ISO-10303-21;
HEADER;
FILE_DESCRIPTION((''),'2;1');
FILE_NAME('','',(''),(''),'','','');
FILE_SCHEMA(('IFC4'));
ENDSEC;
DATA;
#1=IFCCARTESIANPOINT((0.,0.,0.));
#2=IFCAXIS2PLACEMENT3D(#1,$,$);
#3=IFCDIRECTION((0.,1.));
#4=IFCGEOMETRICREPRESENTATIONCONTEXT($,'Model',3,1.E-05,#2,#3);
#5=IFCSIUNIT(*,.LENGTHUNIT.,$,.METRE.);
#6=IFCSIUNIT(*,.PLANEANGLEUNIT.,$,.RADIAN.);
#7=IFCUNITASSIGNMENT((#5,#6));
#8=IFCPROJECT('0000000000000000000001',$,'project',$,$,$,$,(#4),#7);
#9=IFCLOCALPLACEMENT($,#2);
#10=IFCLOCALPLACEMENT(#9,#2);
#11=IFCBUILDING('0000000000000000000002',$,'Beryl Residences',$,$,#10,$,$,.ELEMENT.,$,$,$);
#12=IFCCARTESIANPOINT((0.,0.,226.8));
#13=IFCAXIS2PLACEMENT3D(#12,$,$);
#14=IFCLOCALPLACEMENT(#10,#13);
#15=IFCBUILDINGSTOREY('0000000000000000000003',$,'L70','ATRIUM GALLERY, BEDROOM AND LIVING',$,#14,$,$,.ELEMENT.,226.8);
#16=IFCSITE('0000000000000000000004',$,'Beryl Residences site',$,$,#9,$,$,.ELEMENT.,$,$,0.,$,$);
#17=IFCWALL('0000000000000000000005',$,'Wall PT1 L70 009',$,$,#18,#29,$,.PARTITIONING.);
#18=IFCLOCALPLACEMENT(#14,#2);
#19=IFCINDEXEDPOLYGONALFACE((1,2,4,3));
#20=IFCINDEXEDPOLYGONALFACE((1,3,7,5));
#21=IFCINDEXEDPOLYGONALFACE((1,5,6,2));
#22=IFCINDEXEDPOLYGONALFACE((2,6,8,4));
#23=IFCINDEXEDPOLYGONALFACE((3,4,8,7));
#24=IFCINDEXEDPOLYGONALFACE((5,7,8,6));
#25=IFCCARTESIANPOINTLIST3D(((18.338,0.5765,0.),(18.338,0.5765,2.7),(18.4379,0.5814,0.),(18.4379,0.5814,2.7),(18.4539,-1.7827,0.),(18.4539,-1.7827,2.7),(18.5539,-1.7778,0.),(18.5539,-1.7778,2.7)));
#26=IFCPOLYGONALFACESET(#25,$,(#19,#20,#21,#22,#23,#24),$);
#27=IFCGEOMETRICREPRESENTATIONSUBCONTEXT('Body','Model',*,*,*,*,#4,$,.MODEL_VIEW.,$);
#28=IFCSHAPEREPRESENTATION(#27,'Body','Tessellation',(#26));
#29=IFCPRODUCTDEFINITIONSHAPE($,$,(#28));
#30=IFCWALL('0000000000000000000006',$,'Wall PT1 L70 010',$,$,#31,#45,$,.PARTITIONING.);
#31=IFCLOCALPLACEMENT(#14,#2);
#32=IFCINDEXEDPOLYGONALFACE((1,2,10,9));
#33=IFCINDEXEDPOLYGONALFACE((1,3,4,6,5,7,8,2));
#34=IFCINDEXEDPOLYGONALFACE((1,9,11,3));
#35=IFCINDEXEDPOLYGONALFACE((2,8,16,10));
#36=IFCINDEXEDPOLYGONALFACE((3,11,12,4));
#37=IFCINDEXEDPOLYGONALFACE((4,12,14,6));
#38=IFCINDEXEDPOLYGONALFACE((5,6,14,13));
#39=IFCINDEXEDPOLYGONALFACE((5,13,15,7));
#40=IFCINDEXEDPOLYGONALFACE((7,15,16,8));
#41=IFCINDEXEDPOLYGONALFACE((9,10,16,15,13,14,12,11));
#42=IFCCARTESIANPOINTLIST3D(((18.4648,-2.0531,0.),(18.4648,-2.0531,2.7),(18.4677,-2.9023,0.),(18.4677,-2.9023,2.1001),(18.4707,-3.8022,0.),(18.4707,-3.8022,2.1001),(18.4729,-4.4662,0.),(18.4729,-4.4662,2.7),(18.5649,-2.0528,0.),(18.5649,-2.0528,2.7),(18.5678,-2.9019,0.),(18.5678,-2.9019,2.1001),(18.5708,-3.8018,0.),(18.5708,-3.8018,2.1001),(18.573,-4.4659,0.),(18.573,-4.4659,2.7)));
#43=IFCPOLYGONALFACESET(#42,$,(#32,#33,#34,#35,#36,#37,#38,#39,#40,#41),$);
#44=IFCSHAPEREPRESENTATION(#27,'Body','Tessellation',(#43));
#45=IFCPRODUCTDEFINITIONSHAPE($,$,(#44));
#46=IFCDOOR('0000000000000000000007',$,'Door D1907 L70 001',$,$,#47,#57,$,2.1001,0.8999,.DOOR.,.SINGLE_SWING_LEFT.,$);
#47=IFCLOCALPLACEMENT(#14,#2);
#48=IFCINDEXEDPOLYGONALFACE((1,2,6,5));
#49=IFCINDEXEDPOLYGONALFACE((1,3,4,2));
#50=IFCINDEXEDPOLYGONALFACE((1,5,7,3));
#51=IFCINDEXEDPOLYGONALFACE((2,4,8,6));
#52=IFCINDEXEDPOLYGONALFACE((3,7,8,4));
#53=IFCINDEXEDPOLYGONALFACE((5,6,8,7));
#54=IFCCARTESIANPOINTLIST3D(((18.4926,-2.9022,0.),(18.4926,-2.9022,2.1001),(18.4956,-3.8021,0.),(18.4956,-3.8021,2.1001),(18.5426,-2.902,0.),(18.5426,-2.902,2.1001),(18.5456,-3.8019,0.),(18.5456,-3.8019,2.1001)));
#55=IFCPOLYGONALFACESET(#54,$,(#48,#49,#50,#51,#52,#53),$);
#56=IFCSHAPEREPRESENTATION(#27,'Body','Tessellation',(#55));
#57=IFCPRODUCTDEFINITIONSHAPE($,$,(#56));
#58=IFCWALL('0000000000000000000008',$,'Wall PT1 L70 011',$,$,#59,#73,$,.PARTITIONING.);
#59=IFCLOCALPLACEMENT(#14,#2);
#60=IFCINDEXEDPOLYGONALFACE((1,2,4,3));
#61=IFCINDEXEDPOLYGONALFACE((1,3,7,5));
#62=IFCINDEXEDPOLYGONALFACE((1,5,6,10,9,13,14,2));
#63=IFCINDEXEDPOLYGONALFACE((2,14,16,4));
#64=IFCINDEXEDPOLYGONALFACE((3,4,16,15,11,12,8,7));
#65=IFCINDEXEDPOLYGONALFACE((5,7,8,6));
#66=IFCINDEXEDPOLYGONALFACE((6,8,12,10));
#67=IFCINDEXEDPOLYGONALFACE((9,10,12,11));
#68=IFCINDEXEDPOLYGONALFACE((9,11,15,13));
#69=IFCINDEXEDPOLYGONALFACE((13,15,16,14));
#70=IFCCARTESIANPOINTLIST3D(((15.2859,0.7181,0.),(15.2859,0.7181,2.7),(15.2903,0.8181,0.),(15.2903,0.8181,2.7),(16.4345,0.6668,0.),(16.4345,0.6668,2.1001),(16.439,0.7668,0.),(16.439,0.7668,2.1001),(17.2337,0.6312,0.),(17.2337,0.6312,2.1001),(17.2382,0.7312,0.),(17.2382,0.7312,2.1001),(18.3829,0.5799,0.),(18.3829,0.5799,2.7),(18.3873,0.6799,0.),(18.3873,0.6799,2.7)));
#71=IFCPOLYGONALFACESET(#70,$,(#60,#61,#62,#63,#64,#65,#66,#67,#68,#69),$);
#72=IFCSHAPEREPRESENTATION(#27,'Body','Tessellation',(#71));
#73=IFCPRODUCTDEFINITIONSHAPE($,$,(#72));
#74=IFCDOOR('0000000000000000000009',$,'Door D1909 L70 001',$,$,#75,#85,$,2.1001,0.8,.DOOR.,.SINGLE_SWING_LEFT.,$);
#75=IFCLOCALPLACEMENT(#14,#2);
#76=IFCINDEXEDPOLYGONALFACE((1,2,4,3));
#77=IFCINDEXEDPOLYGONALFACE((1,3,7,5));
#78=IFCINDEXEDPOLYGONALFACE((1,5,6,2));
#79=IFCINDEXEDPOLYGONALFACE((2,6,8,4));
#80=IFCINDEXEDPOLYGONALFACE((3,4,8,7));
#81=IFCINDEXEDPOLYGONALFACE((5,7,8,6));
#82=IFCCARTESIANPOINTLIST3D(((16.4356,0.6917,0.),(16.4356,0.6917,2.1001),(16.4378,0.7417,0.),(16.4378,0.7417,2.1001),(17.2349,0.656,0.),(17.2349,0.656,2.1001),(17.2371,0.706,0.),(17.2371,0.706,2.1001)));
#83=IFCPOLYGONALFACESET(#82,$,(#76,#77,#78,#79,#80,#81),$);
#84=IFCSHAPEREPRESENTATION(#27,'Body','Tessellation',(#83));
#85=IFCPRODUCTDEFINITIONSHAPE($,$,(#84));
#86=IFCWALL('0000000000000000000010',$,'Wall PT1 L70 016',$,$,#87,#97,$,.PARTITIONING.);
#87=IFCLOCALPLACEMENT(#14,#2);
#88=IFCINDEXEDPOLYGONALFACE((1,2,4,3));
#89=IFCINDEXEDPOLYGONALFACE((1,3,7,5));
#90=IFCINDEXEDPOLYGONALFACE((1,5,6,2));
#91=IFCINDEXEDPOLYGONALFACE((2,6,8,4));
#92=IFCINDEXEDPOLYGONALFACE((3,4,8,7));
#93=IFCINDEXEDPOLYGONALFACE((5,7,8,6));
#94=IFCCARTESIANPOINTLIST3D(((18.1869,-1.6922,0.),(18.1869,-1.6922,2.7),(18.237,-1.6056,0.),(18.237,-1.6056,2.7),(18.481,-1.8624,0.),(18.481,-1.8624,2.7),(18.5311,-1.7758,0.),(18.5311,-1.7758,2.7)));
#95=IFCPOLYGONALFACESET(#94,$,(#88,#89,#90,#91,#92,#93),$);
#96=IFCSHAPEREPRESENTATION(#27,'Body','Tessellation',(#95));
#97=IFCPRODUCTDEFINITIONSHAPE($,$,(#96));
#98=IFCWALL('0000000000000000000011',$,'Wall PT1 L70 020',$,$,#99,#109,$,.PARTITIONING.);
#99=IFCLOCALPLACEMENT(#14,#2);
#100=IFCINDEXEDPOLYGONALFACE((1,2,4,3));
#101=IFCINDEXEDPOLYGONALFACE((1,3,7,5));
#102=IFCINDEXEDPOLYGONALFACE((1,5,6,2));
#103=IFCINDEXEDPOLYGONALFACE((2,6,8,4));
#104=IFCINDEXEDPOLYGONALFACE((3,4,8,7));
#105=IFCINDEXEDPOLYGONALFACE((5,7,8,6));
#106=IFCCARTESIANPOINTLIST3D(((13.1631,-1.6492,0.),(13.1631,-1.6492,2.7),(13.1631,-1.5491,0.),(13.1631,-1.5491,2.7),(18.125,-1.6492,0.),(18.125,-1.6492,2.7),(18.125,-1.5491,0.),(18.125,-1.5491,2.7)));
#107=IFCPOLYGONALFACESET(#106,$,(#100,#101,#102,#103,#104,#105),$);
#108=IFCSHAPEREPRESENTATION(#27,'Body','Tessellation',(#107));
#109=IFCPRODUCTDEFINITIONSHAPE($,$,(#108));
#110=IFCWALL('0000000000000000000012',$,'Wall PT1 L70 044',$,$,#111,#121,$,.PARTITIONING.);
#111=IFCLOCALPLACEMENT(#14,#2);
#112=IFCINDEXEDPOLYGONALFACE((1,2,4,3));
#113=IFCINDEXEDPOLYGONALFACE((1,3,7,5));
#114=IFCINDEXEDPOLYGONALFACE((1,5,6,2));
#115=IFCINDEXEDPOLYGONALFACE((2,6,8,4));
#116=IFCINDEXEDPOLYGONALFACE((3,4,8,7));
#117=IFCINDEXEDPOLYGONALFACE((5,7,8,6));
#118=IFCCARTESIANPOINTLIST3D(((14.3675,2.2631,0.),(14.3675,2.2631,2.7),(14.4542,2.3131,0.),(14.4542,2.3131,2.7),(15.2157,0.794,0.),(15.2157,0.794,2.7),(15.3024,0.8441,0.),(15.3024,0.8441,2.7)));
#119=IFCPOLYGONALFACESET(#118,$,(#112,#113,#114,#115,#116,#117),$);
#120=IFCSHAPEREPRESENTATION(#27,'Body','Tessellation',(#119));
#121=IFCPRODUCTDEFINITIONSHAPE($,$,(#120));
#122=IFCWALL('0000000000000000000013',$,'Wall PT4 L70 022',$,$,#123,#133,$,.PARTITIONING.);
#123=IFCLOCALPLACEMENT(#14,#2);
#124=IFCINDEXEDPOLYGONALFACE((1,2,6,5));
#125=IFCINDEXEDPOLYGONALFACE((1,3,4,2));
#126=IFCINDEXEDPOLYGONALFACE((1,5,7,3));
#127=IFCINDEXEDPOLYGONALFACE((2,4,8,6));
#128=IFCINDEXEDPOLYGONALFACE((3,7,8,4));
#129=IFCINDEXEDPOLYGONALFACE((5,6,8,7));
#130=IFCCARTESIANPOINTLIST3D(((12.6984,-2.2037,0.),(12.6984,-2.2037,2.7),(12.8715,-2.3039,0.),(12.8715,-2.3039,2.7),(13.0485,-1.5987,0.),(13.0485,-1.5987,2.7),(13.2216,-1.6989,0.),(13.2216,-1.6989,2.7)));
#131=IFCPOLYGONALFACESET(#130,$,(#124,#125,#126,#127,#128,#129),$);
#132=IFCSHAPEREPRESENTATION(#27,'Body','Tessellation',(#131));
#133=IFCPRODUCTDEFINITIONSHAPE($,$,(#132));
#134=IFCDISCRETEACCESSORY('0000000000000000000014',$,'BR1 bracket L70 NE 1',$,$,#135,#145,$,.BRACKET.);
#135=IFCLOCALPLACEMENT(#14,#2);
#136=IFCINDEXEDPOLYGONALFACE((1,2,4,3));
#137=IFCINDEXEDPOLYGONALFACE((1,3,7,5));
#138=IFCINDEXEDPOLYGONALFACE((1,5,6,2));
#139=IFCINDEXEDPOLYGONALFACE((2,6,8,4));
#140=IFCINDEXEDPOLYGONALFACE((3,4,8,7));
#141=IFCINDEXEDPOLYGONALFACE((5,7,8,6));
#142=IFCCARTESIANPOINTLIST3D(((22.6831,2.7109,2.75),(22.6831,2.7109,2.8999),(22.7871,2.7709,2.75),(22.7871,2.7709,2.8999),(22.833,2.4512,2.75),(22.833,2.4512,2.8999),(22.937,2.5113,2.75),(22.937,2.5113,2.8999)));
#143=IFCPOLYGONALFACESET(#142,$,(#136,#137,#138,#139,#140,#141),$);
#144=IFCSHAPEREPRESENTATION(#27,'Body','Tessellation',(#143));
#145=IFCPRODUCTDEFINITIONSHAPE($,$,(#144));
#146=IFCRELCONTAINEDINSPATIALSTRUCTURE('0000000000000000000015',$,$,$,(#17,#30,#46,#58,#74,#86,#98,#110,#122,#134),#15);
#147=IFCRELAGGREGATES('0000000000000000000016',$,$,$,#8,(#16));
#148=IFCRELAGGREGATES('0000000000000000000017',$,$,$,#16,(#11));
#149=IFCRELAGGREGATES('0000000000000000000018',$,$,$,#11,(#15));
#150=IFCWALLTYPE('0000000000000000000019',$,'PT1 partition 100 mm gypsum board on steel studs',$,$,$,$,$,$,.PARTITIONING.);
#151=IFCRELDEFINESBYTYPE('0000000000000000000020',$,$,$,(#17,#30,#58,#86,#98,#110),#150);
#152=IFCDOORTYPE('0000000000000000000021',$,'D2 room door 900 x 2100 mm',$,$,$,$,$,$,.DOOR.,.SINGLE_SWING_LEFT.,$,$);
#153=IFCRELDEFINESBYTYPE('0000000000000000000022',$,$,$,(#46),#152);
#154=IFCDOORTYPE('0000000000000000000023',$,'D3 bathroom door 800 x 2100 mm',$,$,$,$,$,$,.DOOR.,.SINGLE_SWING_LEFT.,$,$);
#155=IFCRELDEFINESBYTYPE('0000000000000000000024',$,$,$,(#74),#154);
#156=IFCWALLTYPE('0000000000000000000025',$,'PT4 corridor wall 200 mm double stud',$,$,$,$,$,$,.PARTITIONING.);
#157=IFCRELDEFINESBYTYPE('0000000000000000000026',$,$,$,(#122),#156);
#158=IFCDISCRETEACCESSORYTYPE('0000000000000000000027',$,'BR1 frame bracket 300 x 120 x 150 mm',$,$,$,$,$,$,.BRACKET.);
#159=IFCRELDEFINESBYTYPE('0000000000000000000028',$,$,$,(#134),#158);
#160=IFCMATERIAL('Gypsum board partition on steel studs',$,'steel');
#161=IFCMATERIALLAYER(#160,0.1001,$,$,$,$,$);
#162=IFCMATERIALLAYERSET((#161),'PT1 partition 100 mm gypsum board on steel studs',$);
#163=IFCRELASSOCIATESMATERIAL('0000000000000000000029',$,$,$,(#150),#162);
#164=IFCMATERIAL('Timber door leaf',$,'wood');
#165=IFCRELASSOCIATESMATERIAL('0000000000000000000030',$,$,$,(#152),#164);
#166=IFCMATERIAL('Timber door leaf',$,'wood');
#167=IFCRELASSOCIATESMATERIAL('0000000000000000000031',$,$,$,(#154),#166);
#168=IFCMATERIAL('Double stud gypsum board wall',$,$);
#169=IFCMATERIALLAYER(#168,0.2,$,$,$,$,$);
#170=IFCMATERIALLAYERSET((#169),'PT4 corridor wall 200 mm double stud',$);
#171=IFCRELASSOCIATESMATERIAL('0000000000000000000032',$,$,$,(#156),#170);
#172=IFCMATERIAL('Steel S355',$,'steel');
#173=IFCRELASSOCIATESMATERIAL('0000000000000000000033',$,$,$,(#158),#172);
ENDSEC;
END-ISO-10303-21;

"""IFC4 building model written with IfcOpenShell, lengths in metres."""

from ifc_helpers import new_model, si_unit, direction, frame, frame_2d, origin, place, context, subcontext, project, spatial, polyline, rectangle, outline, extrude, source, transform, mapped, material, layer, layer_set, type_object, type_shapes, element, fill, save


model = new_model("IFC4")

# Units and contexts
model_context = context("Model", 3, precision=1e-05, world=origin(), true_north=direction((0.0, 1.0)))
body_context = subcontext(model_context, "Body", "Model", "MODEL_VIEW")
ifc_project = project(units=[si_unit("LENGTHUNIT", "METRE"), si_unit("PLANEANGLEUNIT", "RADIAN")], contexts=[model_context])

# Site, building, storey
site_placement = place(None, origin())
site = spatial("IfcSite", under=ifc_project, at=site_placement, Name="Beryl Residences site", CompositionType="ELEMENT", RefElevation=0.0)
building_placement = place(site_placement, origin())
building = spatial("IfcBuilding", under=site, at=building_placement, Name="Beryl Residences", CompositionType="ELEMENT")
storey_placement = place(building_placement, frame((0.0, 0.0, 226.8)))
storey = spatial("IfcBuildingStorey", under=building, at=storey_placement, Name="L70", Description="ATRIUM GALLERY, BEDROOM AND LIVING", CompositionType="ELEMENT", Elevation=226.8)

# Wall
ifc_material_1 = material(Name="Gypsum board partition on steel studs", Category="steel")
ifc_layer_1 = layer(ifc_material_1, 0.1001)
ifc_layer_set_1 = layer_set([ifc_layer_1], Name="PT1 partition 100 mm gypsum board on steel studs")
wall_type_1 = type_object("IfcWallType", Name="PT1 partition 100 mm gypsum board on steel studs", PredefinedType="PARTITIONING", material=ifc_layer_set_1)
wall_1_placement = place(storey_placement, frame((18.3879, 0.5791, 0.0), z_axis=(0.0, 0.0, 1.0), x_axis=(0.049097, -0.998794, 0.0)))
element("IfcWall", 1, at=wall_1_placement, inside=storey, type_object=wall_type_1, Name="Wall PT1 L70 009", PredefinedType="PARTITIONING", context=body_context, shape_type="SweptSolid", body=[
    extrude(rectangle(XDim=2.3621, YDim=0.1001, at=frame_2d((1.1812, 0.0))), origin(), (0.0, 0.0, 1.0), 2.7),
])

# Walls, openings, doors
wall_2_placement = place(storey_placement, frame((18.5149, -2.053, 0.0), z_axis=(0.0, 0.0, 1.0), x_axis=(0.003339, -0.999994, 0.0)))
wall_2 = element("IfcWall", 2, at=wall_2_placement, inside=storey, type_object=wall_type_1, Name="Wall PT1 L70 010", PredefinedType="PARTITIONING", context=body_context, shape_type="SweptSolid", body=[
    extrude(rectangle(XDim=2.4131, YDim=0.1001, at=frame_2d((1.2065, 0.0))), origin(), (0.0, 0.0, 1.0), 2.7),
])
opening_1_placement = place(wall_2_placement, frame((0.8491, 0.0, 0.0)))
opening_1 = element("IfcOpeningElement", 3, at=opening_1_placement, cuts=wall_2, PredefinedType="OPENING", context=body_context, shape_type="SweptSolid", body=[
    extrude(rectangle(XDim=0.8999, YDim=2.1001, at=frame_2d((0.45, 1.05))), frame((0.0, 0.0601, 0.0), z_axis=(0.0, -1.0, 0.0), x_axis=(1.0, 0.0, 0.0)), (0.0, 0.0, 1.0), 0.1201),
])
ifc_material_2 = material(Name="Timber door leaf", Category="wood")
door_type_1 = type_object("IfcDoorType", Name="D2 room door 900 x 2100 mm", OperationType="SINGLE_SWING_LEFT", PredefinedType="DOOR", material=ifc_material_2)
door_1_placement = place(opening_1_placement, origin())
door_1 = element("IfcDoor", 4, at=door_1_placement, inside=storey, type_object=door_type_1, Name="Door D1907 L70 001", OperationType="SINGLE_SWING_LEFT", OverallHeight=2.1001, OverallWidth=0.8999, PredefinedType="DOOR", context=body_context, shape_type="SweptSolid", body=[
    extrude(rectangle(XDim=0.8999, YDim=2.1001, at=frame_2d((0.45, 1.05))), frame((0.0, 0.0249, 0.0), z_axis=(0.0, -1.0, 0.0), x_axis=(1.0, 0.0, 0.0)), (0.0, 0.0, 1.0), 0.05),
])
fill(opening_1, door_1)
wall_3_placement = place(storey_placement, frame((15.2881, 0.7681, 0.0), z_axis=(0.0, 0.0, 1.0), x_axis=(0.999006, -0.044575, 0.0)))
wall_3 = element("IfcWall", 5, at=wall_3_placement, inside=storey, type_object=wall_type_1, Name="Wall PT1 L70 011", PredefinedType="PARTITIONING", context=body_context, shape_type="SweptSolid", body=[
    extrude(rectangle(XDim=3.1001, YDim=0.1001, at=frame_2d((1.55, 0.0))), origin(), (0.0, 0.0, 1.0), 2.7),
])
opening_2_placement = place(wall_3_placement, frame((1.1499, 0.0, 0.0)))
opening_2 = element("IfcOpeningElement", 6, at=opening_2_placement, cuts=wall_3, PredefinedType="OPENING", context=body_context, shape_type="SweptSolid", body=[
    extrude(rectangle(XDim=0.8, YDim=2.1001, at=frame_2d((0.3999, 1.05))), frame((0.0, 0.0601, 0.0), z_axis=(0.0, -1.0, 0.0), x_axis=(1.0, 0.0, 0.0)), (0.0, 0.0, 1.0), 0.1201),
])
ifc_material_3 = material(Name="Timber door leaf", Category="wood")
door_type_2 = type_object("IfcDoorType", Name="D3 bathroom door 800 x 2100 mm", OperationType="SINGLE_SWING_LEFT", PredefinedType="DOOR", material=ifc_material_3)
door_2_placement = place(opening_2_placement, origin())
door_2 = element("IfcDoor", 7, at=door_2_placement, inside=storey, type_object=door_type_2, Name="Door D1909 L70 001", OperationType="SINGLE_SWING_LEFT", OverallHeight=2.1001, OverallWidth=0.8, PredefinedType="DOOR", context=body_context, shape_type="SweptSolid", body=[
    extrude(rectangle(XDim=0.8, YDim=2.1001, at=frame_2d((0.3999, 1.05))), frame((0.0, 0.0249, 0.0), z_axis=(0.0, -1.0, 0.0), x_axis=(1.0, 0.0, 0.0)), (0.0, 0.0, 1.0), 0.05),
])
fill(opening_2, door_2)

# Walls
wall_4_placement = place(storey_placement, frame((18.2119, -1.6489, 0.0), z_axis=(0.0, 0.0, 1.0), x_axis=(0.865623, -0.500696, 0.0)))
element("IfcWall", 8, at=wall_4_placement, inside=storey, type_object=wall_type_1, Name="Wall PT1 L70 016", PredefinedType="PARTITIONING", context=body_context, shape_type="SweptSolid", body=[
    extrude(rectangle(XDim=0.3398, YDim=0.1001, at=frame_2d((0.1699, 0.0))), origin(), (0.0, 0.0, 1.0), 2.7),
])
wall_5_placement = place(storey_placement, frame((13.1631, -1.5991, 0.0), z_axis=(0.0, 0.0, 1.0), x_axis=(1.0, 0.0, 0.0)))
element("IfcWall", 9, at=wall_5_placement, inside=storey, type_object=wall_type_1, Name="Wall PT1 L70 020", PredefinedType="PARTITIONING", context=body_context, shape_type="SweptSolid", body=[
    extrude(rectangle(XDim=4.9619, YDim=0.1001, at=frame_2d((2.481, 0.0))), origin(), (0.0, 0.0, 1.0), 2.7),
])
wall_6_placement = place(storey_placement, frame((14.4109, 2.2881, 0.0), z_axis=(0.0, 0.0, 1.0), x_axis=(0.500009, -0.86602, 0.0)))
element("IfcWall", 10, at=wall_6_placement, inside=storey, type_object=wall_type_1, Name="Wall PT1 L70 044", PredefinedType="PARTITIONING", context=body_context, shape_type="SweptSolid", body=[
    extrude(rectangle(XDim=1.6963, YDim=0.1001, at=frame_2d((0.8481, 0.0))), origin(), (0.0, 0.0, 1.0), 2.7),
])
ifc_material_4 = material(Name="Double stud gypsum board wall")
ifc_layer_2 = layer(ifc_material_4, 0.2)
ifc_layer_set_2 = layer_set([ifc_layer_2], Name="PT4 corridor wall 200 mm double stud")
wall_type_2 = type_object("IfcWallType", Name="PT4 corridor wall 200 mm double stud", PredefinedType="PARTITIONING", material=ifc_layer_set_2)
wall_7_placement = place(storey_placement, frame((12.7849, -2.2539, 0.0), z_axis=(0.0, 0.0, 1.0), x_axis=(0.500871, 0.865522, 0.0)))
element("IfcWall", 11, at=wall_7_placement, inside=storey, type_object=wall_type_2, Name="Wall PT4 L70 022", PredefinedType="PARTITIONING", context=body_context, shape_type="SweptSolid", body=[
    extrude(rectangle(XDim=0.699, YDim=0.2, at=frame_2d((0.3496, 0.0))), origin(), (0.0, 0.0, 1.0), 2.7),
])

# Discrete accessory
ifc_material_5 = material(Name="Steel S355", Category="steel")
discrete_accessory_type = type_object("IfcDiscreteAccessoryType", Name="BR1 frame bracket 300 x 120 x 150 mm", PredefinedType="BRACKET", material=ifc_material_5)
shared_shape_1 = source(origin(), body_context, "Body", "SweptSolid", [
    extrude(outline(polyline([(-0.1499, 0.0), (0.1499, 0.0), (0.1499, 0.1201), (-0.1499, 0.1201), (-0.1499, 0.0)])), origin(), (0.0, 0.0, 1.0), 0.1499),
])
type_shapes(discrete_accessory_type, [shared_shape_1])
discrete_accessory_placement = place(storey_placement, frame((22.7581, 2.5811, 2.75), z_axis=(0.0, 0.0, 1.0), x_axis=(0.5, -0.866025, 0.0)))
element("IfcDiscreteAccessory", 12, at=discrete_accessory_placement, inside=storey, type_object=discrete_accessory_type, Name="BR1 bracket L70 NE 1", PredefinedType="BRACKET", context=body_context, shape_type="MappedRepresentation", body=[
    mapped(shared_shape_1, transform((0.0, 0.0, 0.0))),
])

save(model, "model.ifc")
